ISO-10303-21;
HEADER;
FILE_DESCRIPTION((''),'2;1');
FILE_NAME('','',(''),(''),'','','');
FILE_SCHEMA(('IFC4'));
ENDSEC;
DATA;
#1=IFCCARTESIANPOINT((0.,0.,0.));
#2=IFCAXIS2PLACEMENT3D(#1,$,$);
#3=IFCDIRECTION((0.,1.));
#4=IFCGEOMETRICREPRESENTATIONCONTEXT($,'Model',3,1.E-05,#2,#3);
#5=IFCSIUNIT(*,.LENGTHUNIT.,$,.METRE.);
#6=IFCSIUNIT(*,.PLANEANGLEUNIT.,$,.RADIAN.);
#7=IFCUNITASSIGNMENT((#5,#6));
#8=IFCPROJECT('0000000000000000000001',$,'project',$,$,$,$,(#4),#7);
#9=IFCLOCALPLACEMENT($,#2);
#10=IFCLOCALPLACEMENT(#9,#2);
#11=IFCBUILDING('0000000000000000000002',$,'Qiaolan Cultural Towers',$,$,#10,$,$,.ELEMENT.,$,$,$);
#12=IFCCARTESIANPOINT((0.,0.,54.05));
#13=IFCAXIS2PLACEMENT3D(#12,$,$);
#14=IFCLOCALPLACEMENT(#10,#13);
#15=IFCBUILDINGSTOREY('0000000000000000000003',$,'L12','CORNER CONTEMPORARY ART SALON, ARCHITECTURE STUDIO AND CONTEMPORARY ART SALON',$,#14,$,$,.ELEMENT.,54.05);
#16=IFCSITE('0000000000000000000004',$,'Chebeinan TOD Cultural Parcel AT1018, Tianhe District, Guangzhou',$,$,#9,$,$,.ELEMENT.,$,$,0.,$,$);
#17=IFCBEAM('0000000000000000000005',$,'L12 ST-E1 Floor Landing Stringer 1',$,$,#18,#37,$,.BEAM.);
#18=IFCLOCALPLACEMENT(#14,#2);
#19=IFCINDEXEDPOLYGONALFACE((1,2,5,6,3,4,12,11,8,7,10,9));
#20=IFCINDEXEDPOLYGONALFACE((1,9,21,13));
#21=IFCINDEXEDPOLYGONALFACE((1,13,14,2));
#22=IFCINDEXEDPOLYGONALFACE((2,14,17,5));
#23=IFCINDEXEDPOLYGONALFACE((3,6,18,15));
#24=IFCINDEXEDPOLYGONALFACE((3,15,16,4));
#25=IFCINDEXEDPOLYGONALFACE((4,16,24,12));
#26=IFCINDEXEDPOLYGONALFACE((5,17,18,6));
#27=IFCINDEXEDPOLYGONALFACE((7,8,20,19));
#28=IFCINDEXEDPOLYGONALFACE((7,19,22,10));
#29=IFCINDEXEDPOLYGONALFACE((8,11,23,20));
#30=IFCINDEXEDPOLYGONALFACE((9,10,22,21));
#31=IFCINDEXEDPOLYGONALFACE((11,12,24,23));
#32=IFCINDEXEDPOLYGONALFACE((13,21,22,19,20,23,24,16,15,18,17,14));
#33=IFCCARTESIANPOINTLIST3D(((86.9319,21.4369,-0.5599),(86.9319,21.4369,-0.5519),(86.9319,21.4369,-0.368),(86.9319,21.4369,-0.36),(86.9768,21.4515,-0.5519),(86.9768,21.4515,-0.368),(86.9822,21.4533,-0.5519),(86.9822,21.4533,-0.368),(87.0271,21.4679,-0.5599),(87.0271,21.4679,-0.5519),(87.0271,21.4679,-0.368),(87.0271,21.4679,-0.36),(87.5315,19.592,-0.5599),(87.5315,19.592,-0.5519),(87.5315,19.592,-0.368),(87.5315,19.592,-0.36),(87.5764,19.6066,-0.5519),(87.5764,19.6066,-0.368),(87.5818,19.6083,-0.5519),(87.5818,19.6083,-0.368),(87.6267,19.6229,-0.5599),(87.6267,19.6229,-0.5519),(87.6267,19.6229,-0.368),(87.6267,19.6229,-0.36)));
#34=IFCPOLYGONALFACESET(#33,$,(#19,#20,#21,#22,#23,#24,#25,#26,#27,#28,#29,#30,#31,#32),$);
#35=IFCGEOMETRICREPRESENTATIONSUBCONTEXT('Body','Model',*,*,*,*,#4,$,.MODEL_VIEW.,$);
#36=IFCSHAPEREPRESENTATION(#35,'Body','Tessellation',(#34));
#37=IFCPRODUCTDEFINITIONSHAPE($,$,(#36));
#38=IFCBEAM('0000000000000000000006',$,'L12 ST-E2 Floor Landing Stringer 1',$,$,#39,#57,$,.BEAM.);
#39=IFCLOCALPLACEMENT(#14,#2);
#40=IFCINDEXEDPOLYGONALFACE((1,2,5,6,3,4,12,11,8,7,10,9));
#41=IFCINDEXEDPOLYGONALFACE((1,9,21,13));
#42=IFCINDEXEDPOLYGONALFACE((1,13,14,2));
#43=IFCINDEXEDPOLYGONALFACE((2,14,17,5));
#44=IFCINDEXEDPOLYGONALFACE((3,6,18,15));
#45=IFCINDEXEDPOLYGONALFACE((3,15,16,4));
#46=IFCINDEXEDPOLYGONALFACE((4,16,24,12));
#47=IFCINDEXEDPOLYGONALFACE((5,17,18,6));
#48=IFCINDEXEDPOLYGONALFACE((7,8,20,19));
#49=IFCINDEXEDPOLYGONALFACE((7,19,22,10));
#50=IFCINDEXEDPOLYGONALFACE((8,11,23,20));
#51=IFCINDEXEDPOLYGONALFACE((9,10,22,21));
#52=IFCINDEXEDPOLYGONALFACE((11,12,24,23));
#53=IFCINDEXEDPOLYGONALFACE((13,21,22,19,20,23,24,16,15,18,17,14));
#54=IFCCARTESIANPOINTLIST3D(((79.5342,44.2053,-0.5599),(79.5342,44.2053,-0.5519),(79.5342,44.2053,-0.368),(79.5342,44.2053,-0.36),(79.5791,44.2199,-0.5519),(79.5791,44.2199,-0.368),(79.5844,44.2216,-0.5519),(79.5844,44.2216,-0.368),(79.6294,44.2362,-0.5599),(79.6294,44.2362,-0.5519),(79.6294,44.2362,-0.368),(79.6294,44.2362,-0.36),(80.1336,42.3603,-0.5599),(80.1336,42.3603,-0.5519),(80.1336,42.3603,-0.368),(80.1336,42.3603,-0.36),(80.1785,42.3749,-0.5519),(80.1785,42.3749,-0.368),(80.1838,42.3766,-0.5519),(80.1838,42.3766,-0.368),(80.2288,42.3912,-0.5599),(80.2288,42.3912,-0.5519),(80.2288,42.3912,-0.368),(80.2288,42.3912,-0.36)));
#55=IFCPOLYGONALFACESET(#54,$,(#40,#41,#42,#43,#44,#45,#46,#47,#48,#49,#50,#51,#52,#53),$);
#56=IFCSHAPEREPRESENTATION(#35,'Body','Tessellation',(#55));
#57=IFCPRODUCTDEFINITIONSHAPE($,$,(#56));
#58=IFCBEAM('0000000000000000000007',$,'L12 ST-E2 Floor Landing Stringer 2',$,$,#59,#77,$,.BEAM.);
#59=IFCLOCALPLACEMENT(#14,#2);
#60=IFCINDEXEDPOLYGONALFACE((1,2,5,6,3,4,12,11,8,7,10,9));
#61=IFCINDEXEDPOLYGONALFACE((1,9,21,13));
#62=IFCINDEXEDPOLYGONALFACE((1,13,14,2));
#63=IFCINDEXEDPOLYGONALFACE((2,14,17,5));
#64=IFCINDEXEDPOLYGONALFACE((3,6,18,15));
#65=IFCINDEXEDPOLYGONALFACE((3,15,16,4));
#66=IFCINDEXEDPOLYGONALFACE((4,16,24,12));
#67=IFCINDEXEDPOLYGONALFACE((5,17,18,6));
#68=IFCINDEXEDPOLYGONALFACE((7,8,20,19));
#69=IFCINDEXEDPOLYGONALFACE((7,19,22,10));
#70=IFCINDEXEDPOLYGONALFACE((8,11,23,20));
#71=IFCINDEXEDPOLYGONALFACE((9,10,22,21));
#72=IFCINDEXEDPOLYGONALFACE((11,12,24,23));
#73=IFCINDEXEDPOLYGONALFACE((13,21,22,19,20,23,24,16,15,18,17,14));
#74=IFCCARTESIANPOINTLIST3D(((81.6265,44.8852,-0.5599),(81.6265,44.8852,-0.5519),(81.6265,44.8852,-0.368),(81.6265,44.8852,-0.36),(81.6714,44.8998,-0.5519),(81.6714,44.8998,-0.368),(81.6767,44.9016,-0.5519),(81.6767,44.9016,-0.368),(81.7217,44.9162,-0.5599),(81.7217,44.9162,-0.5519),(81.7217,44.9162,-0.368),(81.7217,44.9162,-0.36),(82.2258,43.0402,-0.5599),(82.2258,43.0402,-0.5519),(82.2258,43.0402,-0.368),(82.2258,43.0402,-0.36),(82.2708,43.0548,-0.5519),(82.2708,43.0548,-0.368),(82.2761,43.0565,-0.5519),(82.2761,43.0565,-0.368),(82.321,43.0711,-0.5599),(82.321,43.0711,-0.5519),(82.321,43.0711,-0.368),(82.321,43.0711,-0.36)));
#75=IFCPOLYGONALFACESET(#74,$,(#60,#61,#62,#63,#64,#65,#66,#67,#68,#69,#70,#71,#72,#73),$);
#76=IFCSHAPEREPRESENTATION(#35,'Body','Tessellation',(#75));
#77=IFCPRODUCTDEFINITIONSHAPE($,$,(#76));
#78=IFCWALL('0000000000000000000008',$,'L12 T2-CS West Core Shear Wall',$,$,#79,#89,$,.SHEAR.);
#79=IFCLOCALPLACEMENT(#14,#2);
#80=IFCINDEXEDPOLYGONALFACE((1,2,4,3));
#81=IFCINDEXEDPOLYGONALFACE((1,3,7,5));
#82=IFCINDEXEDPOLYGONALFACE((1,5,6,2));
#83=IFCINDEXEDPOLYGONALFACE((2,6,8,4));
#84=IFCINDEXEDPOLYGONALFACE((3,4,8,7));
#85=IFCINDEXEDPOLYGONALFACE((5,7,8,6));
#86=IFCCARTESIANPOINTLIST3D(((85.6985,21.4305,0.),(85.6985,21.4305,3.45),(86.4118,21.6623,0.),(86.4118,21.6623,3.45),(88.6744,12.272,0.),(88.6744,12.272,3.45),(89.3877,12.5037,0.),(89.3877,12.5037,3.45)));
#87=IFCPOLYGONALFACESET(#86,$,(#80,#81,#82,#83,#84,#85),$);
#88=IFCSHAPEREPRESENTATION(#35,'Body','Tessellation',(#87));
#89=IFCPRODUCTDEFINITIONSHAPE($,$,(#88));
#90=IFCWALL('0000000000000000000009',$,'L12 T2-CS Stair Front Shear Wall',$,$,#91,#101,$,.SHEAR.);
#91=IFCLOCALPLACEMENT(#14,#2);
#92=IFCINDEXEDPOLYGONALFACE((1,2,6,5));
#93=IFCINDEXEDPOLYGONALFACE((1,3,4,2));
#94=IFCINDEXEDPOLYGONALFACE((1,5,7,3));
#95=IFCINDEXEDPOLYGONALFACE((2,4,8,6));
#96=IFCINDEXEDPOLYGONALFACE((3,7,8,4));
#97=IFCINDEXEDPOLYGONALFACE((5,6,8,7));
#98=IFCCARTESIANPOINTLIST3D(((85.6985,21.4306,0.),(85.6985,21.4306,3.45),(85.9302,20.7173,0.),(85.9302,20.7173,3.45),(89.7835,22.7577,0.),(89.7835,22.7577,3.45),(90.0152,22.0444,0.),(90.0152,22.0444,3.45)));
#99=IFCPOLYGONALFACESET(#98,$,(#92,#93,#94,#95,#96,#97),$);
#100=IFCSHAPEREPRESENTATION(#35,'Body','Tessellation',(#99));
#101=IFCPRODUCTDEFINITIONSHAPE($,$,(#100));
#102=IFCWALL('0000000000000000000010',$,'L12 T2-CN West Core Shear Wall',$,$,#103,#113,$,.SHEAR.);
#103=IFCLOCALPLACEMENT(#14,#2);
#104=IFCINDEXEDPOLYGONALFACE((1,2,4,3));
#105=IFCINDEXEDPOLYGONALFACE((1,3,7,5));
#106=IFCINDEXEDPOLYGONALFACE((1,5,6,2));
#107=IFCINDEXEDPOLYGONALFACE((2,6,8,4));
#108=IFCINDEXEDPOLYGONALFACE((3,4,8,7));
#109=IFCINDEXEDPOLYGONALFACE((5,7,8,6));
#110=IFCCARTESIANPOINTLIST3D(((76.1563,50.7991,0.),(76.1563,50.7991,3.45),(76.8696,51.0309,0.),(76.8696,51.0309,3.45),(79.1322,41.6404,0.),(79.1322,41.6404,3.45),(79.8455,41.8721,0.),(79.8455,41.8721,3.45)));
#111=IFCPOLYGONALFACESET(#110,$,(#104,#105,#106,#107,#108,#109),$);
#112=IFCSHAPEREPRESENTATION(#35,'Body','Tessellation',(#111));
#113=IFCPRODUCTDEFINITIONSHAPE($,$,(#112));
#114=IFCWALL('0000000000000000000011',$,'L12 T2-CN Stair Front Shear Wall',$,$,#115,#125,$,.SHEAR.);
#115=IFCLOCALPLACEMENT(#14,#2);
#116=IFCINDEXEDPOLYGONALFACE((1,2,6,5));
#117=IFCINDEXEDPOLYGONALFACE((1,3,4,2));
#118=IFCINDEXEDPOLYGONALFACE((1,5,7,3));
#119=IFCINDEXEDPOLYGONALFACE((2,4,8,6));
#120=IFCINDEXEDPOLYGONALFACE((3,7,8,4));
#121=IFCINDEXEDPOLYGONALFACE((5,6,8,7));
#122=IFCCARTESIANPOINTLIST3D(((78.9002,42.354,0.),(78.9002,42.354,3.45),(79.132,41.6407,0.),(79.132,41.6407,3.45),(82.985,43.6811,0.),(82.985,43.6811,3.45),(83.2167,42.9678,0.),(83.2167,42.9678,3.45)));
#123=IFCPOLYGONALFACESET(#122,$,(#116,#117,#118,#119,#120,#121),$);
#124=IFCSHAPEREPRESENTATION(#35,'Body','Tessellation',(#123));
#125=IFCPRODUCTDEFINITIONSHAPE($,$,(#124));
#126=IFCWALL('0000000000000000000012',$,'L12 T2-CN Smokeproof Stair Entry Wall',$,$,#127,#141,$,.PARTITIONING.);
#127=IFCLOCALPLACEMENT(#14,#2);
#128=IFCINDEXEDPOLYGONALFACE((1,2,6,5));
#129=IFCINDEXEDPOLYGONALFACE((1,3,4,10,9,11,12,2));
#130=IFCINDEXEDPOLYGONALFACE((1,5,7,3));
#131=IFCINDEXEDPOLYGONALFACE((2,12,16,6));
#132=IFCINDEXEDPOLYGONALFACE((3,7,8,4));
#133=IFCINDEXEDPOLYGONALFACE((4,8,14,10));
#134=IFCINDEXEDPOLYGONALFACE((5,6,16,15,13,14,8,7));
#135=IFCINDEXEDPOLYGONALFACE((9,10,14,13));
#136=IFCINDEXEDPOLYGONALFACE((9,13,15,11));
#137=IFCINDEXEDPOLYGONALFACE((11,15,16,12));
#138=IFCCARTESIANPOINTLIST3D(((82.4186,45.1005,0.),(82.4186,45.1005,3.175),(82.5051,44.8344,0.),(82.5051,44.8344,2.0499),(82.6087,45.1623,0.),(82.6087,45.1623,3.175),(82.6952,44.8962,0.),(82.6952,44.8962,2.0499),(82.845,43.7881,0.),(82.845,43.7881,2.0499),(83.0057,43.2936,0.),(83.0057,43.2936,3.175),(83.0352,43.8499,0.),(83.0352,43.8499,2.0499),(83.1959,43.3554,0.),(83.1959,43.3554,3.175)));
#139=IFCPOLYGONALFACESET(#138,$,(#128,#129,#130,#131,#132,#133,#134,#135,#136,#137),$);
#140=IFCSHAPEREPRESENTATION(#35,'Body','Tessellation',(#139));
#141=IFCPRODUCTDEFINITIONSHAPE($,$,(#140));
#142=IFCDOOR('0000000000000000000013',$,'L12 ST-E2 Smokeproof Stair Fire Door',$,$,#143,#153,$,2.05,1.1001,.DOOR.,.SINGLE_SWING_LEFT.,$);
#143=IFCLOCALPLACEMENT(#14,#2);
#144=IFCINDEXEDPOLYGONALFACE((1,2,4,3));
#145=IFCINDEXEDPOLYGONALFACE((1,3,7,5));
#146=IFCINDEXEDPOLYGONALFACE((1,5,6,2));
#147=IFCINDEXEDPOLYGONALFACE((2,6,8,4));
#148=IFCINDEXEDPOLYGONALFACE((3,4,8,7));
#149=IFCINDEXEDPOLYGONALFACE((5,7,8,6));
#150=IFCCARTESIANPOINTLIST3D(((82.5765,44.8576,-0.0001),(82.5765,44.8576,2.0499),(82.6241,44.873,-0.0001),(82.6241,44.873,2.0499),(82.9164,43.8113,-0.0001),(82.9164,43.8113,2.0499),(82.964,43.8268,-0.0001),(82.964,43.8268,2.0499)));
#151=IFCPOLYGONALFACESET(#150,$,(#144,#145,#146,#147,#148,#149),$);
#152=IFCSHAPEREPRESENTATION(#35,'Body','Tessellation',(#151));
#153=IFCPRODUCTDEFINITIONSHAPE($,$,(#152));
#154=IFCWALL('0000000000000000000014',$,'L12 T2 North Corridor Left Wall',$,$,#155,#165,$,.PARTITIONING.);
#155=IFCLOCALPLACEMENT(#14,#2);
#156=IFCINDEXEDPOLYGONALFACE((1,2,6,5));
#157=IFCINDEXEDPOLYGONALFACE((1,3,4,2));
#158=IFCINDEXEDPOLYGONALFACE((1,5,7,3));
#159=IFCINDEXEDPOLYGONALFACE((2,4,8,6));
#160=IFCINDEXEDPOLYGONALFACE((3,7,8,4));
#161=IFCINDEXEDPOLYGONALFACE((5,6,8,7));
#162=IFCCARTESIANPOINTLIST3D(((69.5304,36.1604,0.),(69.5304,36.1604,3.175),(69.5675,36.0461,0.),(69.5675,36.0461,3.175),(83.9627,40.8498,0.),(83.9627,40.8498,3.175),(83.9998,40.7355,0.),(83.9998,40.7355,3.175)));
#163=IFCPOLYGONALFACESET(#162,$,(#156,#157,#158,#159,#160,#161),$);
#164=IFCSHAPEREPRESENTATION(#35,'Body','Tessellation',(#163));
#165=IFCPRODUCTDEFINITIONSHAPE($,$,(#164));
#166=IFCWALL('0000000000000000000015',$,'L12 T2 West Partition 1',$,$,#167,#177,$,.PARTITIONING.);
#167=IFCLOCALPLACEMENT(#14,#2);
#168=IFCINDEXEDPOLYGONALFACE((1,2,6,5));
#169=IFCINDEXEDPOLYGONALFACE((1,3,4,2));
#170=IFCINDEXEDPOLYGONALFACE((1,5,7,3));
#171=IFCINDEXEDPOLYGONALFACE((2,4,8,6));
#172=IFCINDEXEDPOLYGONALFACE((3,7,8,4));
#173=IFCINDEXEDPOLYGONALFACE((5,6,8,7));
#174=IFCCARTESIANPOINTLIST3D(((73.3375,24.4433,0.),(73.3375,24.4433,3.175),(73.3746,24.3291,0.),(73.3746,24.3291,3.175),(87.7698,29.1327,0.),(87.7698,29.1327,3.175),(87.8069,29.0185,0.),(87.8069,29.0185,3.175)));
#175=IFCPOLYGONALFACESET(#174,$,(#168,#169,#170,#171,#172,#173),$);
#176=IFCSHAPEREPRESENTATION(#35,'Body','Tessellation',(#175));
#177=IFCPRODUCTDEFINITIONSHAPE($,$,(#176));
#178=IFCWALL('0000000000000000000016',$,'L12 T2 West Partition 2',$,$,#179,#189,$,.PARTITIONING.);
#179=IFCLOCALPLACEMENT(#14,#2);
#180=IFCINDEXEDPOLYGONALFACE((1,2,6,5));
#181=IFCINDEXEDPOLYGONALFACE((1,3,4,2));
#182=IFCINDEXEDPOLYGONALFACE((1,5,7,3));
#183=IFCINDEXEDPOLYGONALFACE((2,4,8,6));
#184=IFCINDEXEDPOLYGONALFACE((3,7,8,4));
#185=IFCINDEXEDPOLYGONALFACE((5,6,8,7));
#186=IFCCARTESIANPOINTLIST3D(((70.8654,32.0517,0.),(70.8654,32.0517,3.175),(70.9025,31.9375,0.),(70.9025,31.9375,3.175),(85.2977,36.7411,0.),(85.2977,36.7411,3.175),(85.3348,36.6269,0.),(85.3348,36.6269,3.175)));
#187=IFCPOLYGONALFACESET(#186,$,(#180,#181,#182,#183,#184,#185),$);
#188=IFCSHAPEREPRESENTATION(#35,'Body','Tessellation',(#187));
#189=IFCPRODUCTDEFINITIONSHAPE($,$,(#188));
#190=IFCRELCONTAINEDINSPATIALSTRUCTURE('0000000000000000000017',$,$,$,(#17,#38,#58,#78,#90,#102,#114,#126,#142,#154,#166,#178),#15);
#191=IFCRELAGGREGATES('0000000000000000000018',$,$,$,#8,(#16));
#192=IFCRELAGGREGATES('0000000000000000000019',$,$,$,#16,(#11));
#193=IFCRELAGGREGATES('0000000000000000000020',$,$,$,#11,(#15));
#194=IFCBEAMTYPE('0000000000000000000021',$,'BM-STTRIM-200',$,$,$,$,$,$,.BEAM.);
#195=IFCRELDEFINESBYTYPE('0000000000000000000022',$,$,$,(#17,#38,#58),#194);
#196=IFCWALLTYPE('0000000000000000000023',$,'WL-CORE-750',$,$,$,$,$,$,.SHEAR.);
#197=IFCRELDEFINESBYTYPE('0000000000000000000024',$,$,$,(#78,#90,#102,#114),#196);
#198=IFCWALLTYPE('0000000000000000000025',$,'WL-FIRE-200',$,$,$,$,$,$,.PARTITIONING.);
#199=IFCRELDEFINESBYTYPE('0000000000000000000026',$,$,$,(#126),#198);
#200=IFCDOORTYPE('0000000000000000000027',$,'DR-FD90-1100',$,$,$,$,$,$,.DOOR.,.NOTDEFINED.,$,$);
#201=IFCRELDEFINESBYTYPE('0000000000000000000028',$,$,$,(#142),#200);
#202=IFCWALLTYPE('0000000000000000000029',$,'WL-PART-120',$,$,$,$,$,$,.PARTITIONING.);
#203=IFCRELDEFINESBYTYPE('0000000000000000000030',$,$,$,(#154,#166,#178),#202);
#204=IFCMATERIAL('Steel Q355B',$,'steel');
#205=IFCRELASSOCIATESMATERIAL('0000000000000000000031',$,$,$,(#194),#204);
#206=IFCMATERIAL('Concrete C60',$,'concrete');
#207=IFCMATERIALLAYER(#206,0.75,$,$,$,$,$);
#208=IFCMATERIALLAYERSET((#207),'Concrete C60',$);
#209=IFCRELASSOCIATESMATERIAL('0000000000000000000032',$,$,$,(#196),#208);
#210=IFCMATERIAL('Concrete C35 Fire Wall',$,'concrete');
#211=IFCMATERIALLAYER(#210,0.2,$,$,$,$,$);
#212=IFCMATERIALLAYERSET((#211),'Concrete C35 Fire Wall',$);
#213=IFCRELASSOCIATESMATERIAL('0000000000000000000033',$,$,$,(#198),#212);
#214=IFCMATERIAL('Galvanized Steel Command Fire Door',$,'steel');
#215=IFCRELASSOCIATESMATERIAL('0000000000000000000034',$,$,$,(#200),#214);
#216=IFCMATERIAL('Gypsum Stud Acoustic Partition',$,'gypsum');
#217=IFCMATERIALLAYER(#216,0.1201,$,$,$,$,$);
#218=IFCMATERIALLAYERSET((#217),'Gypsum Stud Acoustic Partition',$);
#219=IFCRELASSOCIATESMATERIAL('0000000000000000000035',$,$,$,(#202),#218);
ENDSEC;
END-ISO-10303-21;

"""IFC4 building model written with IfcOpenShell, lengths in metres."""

from ifc_helpers import new_model, si_unit, direction, frame, frame_2d, origin, origin_2d, place, context, subcontext, project, spatial, rectangle, i_section, extrude, material, layer, layer_set, material_profile, profile_set, type_object, element, fill, save


model = new_model("IFC4")

# Units and contexts
model_context = context("Model", 3, precision=1e-05, world=origin(), true_north=direction((0.0, 1.0)))
body_context = subcontext(model_context, "Body", "Model", "MODEL_VIEW")
ifc_project = project(units=[si_unit("LENGTHUNIT", "METRE"), si_unit("PLANEANGLEUNIT", "RADIAN")], contexts=[model_context])

# Site, building, storey
site_placement = place(None, origin())
site = spatial("IfcSite", under=ifc_project, at=site_placement, Name="Chebeinan TOD Cultural Parcel AT1018, Tianhe District, Guangzhou", CompositionType="ELEMENT", RefElevation=0.0)
building_placement = place(site_placement, origin())
building = spatial("IfcBuilding", under=site, at=building_placement, Name="Qiaolan Cultural Towers", CompositionType="ELEMENT")
storey_placement = place(building_placement, frame((0.0, 0.0, 54.05)))
storey = spatial("IfcBuildingStorey", under=building, at=storey_placement, Name="L12", Description="CORNER CONTEMPORARY ART SALON, ARCHITECTURE STUDIO AND CONTEMPORARY ART SALON", CompositionType="ELEMENT", Elevation=54.05)

# Beams
ifc_material_1 = material(Name="Steel Q355B", Category="steel")
ifc_material_profile_1 = material_profile(ifc_material_1, i_section(OverallWidth=0.1001, OverallDepth=0.2, WebThickness=0.0056, FlangeThickness=0.0081, at=origin_2d()), Name="HN200x100x5.5x8")
ifc_profile_set_1 = profile_set([ifc_material_profile_1], Name="Steel Q355B")
beam_type_1 = type_object("IfcBeamType", Name="BM-STTRIM-200", PredefinedType="BEAM", material=ifc_profile_set_1)
for number, where, z_axis, x_axis, name in (
    (1, (86.9795, 21.4524, -0.46), (0.309083, -0.951035, 0.0), (0.951035, 0.309083, 0.0), "L12 ST-E1 Floor Landing Stringer 1"),
    (2, (80.1812, 42.3757, -0.46), (-0.308969, 0.951072, 0.0), (-0.951072, -0.308969, 0.0), "L12 ST-E2 Floor Landing Stringer 1"),
    (3, (82.2734, 43.0557, -0.46), (-0.308969, 0.951072, 0.0), (-0.951072, -0.308969, 0.0), "L12 ST-E2 Floor Landing Stringer 2"),
):
    element("IfcBeam", number, at=place(storey_placement, frame(where, z_axis=z_axis, x_axis=x_axis)), inside=storey, type_object=beam_type_1, Name=name, PredefinedType="BEAM", context=body_context, shape_type="SweptSolid", body=[
        extrude(i_section(OverallWidth=0.1001, OverallDepth=0.2, WebThickness=0.0056, FlangeThickness=0.0081, at=origin_2d()), origin(), (0.0, 0.0, 1.0), 1.9399),
    ])

# Walls
ifc_material_2 = material(Name="Concrete C60", Category="concrete")
ifc_layer_1 = layer(ifc_material_2, 0.75)
ifc_layer_set_1 = layer_set([ifc_layer_1], Name="Concrete C60")
wall_type_1 = type_object("IfcWallType", Name="WL-CORE-750", PredefinedType="SHEAR", material=ifc_layer_set_1)
wall_1_placement = place(storey_placement, frame((86.0552, 21.5464, 0.0), z_axis=(0.0, 0.0, 1.0), x_axis=(0.309024, -0.951054, 0.0)))
element("IfcWall", 4, at=wall_1_placement, inside=storey, type_object=wall_type_1, Name="L12 T2-CS West Core Shear Wall", PredefinedType="SHEAR", context=body_context, shape_type="SweptSolid", body=[
    extrude(rectangle(XDim=9.6299, YDim=0.75, at=frame_2d((4.8149, 0.0))), origin(), (0.0, 0.0, 1.0), 3.45),
])
wall_2_placement = place(storey_placement, frame((85.8145, 21.074, 0.0), z_axis=(0.0, 0.0, 1.0), x_axis=(0.951066, 0.308988, 0.0)))
element("IfcWall", 5, at=wall_2_placement, inside=storey, type_object=wall_type_1, Name="L12 T2-CS Stair Front Shear Wall", PredefinedType="SHEAR", context=body_context, shape_type="SweptSolid", body=[
    extrude(rectangle(XDim=4.2952, YDim=0.75, at=frame_2d((2.1475, 0.0))), origin(), (0.0, 0.0, 1.0), 3.45),
])
wall_3_placement = place(storey_placement, frame((79.4888, 41.7563, 0.0), z_axis=(0.0, 0.0, 1.0), x_axis=(-0.309016, 0.951057, 0.0)))
element("IfcWall", 6, at=wall_3_placement, inside=storey, type_object=wall_type_1, Name="L12 T2-CN West Core Shear Wall", PredefinedType="SHEAR", context=body_context, shape_type="SweptSolid", body=[
    extrude(rectangle(XDim=9.6301, YDim=0.75, at=frame_2d((4.8149, 0.0))), origin(), (0.0, 0.0, 1.0), 3.45),
])
wall_4_placement = place(storey_placement, frame((79.0161, 41.9973, 0.0), z_axis=(0.0, 0.0, 1.0), x_axis=(0.95106, 0.309005, 0.0)))
element("IfcWall", 7, at=wall_4_placement, inside=storey, type_object=wall_type_1, Name="L12 T2-CN Stair Front Shear Wall", PredefinedType="SHEAR", context=body_context, shape_type="SweptSolid", body=[
    extrude(rectangle(XDim=4.2949, YDim=0.75, at=frame_2d((2.1475, 0.0))), origin(), (0.0, 0.0, 1.0), 3.45),
])

# Wall, opening, door
ifc_material_3 = material(Name="Concrete C35 Fire Wall", Category="concrete")
ifc_layer_2 = layer(ifc_material_3, 0.2)
ifc_layer_set_2 = layer_set([ifc_layer_2], Name="Concrete C35 Fire Wall")
wall_type_2 = type_object("IfcWallType", Name="WL-FIRE-200", PredefinedType="PARTITIONING", material=ifc_layer_set_2)
wall_5_placement = place(storey_placement, frame((83.1008, 43.3245, 0.0), z_axis=(0.0, 0.0, 1.0), x_axis=(-0.309048, 0.951046, 0.0)))
wall_5 = element("IfcWall", 8, at=wall_5_placement, inside=storey, type_object=wall_type_2, Name="L12 T2-CN Smokeproof Stair Entry Wall", PredefinedType="PARTITIONING", context=body_context, shape_type="SweptSolid", body=[
    extrude(rectangle(XDim=1.8999, YDim=0.2, at=frame_2d((0.95, 0.0))), origin(), (0.0, 0.0, 1.0), 3.175),
])
opening_1_placement = place(wall_5_placement, frame((0.52, 0.0, 0.0)))
opening_1 = element("IfcOpeningElement", 9, at=opening_1_placement, cuts=wall_5, PredefinedType="OPENING", context=body_context, shape_type="SweptSolid", body=[
    extrude(rectangle(XDim=1.1001, YDim=2.05, at=frame_2d((0.55, 1.0249))), frame((0.0, 0.1099, 0.0), z_axis=(0.0, -1.0, 0.0), x_axis=(1.0, 0.0, 0.0)), (0.0, 0.0, 1.0), 0.22),
])
ifc_material_4 = material(Name="Galvanized Steel Command Fire Door", Category="steel")
door_type_1 = type_object("IfcDoorType", Name="DR-FD90-1100", OperationType="NOTDEFINED", PredefinedType="DOOR", material=ifc_material_4)
door_1_placement = place(opening_1_placement, origin())
door_1 = element("IfcDoor", 10, at=door_1_placement, inside=storey, type_object=door_type_1, Name="L12 ST-E2 Smokeproof Stair Fire Door", OperationType="SINGLE_SWING_LEFT", OverallHeight=2.05, OverallWidth=1.1001, PredefinedType="DOOR", context=body_context, shape_type="SweptSolid", body=[
    extrude(rectangle(XDim=1.1001, YDim=2.05, at=frame_2d((0.55, 1.0249))), frame((0.0, 0.0249, 0.0), z_axis=(0.0, -1.0, 0.0), x_axis=(1.0, 0.0, 0.0)), (0.0, 0.0, 1.0), 0.05),
])
fill(opening_1, door_1)

# Walls
ifc_material_5 = material(Name="Gypsum Stud Acoustic Partition", Category="gypsum")
ifc_layer_3 = layer(ifc_material_5, 0.1201)
ifc_layer_set_3 = layer_set([ifc_layer_3], Name="Gypsum Stud Acoustic Partition")
wall_type_3 = type_object("IfcWallType", Name="WL-PART-120", PredefinedType="PARTITIONING", material=ifc_layer_set_3)
for number, where, z_axis, x_axis, name in (
    (11, (69.5491, 36.1033, 0.0), (0.0, 0.0, 1.0), (0.951055, 0.309022, 0.0), "L12 T2 North Corridor Left Wall"),
    (12, (73.3562, 24.3862, 0.0), (0.0, 0.0, 1.0), (0.951055, 0.309022, 0.0), "L12 T2 West Partition 1"),
    (13, (70.884, 31.9946, 0.0), (0.0, 0.0, 1.0), (0.951055, 0.309022, 0.0), "L12 T2 West Partition 2"),
):
    element("IfcWall", number, at=place(storey_placement, frame(where, z_axis=z_axis, x_axis=x_axis)), inside=storey, type_object=wall_type_3, Name=name, PredefinedType="PARTITIONING", context=body_context, shape_type="SweptSolid", body=[
        extrude(rectangle(XDim=15.175, YDim=0.1201, at=frame_2d((7.5874, 0.0))), origin(), (0.0, 0.0, 1.0), 3.175),
    ])

save(model, "model.ifc")
